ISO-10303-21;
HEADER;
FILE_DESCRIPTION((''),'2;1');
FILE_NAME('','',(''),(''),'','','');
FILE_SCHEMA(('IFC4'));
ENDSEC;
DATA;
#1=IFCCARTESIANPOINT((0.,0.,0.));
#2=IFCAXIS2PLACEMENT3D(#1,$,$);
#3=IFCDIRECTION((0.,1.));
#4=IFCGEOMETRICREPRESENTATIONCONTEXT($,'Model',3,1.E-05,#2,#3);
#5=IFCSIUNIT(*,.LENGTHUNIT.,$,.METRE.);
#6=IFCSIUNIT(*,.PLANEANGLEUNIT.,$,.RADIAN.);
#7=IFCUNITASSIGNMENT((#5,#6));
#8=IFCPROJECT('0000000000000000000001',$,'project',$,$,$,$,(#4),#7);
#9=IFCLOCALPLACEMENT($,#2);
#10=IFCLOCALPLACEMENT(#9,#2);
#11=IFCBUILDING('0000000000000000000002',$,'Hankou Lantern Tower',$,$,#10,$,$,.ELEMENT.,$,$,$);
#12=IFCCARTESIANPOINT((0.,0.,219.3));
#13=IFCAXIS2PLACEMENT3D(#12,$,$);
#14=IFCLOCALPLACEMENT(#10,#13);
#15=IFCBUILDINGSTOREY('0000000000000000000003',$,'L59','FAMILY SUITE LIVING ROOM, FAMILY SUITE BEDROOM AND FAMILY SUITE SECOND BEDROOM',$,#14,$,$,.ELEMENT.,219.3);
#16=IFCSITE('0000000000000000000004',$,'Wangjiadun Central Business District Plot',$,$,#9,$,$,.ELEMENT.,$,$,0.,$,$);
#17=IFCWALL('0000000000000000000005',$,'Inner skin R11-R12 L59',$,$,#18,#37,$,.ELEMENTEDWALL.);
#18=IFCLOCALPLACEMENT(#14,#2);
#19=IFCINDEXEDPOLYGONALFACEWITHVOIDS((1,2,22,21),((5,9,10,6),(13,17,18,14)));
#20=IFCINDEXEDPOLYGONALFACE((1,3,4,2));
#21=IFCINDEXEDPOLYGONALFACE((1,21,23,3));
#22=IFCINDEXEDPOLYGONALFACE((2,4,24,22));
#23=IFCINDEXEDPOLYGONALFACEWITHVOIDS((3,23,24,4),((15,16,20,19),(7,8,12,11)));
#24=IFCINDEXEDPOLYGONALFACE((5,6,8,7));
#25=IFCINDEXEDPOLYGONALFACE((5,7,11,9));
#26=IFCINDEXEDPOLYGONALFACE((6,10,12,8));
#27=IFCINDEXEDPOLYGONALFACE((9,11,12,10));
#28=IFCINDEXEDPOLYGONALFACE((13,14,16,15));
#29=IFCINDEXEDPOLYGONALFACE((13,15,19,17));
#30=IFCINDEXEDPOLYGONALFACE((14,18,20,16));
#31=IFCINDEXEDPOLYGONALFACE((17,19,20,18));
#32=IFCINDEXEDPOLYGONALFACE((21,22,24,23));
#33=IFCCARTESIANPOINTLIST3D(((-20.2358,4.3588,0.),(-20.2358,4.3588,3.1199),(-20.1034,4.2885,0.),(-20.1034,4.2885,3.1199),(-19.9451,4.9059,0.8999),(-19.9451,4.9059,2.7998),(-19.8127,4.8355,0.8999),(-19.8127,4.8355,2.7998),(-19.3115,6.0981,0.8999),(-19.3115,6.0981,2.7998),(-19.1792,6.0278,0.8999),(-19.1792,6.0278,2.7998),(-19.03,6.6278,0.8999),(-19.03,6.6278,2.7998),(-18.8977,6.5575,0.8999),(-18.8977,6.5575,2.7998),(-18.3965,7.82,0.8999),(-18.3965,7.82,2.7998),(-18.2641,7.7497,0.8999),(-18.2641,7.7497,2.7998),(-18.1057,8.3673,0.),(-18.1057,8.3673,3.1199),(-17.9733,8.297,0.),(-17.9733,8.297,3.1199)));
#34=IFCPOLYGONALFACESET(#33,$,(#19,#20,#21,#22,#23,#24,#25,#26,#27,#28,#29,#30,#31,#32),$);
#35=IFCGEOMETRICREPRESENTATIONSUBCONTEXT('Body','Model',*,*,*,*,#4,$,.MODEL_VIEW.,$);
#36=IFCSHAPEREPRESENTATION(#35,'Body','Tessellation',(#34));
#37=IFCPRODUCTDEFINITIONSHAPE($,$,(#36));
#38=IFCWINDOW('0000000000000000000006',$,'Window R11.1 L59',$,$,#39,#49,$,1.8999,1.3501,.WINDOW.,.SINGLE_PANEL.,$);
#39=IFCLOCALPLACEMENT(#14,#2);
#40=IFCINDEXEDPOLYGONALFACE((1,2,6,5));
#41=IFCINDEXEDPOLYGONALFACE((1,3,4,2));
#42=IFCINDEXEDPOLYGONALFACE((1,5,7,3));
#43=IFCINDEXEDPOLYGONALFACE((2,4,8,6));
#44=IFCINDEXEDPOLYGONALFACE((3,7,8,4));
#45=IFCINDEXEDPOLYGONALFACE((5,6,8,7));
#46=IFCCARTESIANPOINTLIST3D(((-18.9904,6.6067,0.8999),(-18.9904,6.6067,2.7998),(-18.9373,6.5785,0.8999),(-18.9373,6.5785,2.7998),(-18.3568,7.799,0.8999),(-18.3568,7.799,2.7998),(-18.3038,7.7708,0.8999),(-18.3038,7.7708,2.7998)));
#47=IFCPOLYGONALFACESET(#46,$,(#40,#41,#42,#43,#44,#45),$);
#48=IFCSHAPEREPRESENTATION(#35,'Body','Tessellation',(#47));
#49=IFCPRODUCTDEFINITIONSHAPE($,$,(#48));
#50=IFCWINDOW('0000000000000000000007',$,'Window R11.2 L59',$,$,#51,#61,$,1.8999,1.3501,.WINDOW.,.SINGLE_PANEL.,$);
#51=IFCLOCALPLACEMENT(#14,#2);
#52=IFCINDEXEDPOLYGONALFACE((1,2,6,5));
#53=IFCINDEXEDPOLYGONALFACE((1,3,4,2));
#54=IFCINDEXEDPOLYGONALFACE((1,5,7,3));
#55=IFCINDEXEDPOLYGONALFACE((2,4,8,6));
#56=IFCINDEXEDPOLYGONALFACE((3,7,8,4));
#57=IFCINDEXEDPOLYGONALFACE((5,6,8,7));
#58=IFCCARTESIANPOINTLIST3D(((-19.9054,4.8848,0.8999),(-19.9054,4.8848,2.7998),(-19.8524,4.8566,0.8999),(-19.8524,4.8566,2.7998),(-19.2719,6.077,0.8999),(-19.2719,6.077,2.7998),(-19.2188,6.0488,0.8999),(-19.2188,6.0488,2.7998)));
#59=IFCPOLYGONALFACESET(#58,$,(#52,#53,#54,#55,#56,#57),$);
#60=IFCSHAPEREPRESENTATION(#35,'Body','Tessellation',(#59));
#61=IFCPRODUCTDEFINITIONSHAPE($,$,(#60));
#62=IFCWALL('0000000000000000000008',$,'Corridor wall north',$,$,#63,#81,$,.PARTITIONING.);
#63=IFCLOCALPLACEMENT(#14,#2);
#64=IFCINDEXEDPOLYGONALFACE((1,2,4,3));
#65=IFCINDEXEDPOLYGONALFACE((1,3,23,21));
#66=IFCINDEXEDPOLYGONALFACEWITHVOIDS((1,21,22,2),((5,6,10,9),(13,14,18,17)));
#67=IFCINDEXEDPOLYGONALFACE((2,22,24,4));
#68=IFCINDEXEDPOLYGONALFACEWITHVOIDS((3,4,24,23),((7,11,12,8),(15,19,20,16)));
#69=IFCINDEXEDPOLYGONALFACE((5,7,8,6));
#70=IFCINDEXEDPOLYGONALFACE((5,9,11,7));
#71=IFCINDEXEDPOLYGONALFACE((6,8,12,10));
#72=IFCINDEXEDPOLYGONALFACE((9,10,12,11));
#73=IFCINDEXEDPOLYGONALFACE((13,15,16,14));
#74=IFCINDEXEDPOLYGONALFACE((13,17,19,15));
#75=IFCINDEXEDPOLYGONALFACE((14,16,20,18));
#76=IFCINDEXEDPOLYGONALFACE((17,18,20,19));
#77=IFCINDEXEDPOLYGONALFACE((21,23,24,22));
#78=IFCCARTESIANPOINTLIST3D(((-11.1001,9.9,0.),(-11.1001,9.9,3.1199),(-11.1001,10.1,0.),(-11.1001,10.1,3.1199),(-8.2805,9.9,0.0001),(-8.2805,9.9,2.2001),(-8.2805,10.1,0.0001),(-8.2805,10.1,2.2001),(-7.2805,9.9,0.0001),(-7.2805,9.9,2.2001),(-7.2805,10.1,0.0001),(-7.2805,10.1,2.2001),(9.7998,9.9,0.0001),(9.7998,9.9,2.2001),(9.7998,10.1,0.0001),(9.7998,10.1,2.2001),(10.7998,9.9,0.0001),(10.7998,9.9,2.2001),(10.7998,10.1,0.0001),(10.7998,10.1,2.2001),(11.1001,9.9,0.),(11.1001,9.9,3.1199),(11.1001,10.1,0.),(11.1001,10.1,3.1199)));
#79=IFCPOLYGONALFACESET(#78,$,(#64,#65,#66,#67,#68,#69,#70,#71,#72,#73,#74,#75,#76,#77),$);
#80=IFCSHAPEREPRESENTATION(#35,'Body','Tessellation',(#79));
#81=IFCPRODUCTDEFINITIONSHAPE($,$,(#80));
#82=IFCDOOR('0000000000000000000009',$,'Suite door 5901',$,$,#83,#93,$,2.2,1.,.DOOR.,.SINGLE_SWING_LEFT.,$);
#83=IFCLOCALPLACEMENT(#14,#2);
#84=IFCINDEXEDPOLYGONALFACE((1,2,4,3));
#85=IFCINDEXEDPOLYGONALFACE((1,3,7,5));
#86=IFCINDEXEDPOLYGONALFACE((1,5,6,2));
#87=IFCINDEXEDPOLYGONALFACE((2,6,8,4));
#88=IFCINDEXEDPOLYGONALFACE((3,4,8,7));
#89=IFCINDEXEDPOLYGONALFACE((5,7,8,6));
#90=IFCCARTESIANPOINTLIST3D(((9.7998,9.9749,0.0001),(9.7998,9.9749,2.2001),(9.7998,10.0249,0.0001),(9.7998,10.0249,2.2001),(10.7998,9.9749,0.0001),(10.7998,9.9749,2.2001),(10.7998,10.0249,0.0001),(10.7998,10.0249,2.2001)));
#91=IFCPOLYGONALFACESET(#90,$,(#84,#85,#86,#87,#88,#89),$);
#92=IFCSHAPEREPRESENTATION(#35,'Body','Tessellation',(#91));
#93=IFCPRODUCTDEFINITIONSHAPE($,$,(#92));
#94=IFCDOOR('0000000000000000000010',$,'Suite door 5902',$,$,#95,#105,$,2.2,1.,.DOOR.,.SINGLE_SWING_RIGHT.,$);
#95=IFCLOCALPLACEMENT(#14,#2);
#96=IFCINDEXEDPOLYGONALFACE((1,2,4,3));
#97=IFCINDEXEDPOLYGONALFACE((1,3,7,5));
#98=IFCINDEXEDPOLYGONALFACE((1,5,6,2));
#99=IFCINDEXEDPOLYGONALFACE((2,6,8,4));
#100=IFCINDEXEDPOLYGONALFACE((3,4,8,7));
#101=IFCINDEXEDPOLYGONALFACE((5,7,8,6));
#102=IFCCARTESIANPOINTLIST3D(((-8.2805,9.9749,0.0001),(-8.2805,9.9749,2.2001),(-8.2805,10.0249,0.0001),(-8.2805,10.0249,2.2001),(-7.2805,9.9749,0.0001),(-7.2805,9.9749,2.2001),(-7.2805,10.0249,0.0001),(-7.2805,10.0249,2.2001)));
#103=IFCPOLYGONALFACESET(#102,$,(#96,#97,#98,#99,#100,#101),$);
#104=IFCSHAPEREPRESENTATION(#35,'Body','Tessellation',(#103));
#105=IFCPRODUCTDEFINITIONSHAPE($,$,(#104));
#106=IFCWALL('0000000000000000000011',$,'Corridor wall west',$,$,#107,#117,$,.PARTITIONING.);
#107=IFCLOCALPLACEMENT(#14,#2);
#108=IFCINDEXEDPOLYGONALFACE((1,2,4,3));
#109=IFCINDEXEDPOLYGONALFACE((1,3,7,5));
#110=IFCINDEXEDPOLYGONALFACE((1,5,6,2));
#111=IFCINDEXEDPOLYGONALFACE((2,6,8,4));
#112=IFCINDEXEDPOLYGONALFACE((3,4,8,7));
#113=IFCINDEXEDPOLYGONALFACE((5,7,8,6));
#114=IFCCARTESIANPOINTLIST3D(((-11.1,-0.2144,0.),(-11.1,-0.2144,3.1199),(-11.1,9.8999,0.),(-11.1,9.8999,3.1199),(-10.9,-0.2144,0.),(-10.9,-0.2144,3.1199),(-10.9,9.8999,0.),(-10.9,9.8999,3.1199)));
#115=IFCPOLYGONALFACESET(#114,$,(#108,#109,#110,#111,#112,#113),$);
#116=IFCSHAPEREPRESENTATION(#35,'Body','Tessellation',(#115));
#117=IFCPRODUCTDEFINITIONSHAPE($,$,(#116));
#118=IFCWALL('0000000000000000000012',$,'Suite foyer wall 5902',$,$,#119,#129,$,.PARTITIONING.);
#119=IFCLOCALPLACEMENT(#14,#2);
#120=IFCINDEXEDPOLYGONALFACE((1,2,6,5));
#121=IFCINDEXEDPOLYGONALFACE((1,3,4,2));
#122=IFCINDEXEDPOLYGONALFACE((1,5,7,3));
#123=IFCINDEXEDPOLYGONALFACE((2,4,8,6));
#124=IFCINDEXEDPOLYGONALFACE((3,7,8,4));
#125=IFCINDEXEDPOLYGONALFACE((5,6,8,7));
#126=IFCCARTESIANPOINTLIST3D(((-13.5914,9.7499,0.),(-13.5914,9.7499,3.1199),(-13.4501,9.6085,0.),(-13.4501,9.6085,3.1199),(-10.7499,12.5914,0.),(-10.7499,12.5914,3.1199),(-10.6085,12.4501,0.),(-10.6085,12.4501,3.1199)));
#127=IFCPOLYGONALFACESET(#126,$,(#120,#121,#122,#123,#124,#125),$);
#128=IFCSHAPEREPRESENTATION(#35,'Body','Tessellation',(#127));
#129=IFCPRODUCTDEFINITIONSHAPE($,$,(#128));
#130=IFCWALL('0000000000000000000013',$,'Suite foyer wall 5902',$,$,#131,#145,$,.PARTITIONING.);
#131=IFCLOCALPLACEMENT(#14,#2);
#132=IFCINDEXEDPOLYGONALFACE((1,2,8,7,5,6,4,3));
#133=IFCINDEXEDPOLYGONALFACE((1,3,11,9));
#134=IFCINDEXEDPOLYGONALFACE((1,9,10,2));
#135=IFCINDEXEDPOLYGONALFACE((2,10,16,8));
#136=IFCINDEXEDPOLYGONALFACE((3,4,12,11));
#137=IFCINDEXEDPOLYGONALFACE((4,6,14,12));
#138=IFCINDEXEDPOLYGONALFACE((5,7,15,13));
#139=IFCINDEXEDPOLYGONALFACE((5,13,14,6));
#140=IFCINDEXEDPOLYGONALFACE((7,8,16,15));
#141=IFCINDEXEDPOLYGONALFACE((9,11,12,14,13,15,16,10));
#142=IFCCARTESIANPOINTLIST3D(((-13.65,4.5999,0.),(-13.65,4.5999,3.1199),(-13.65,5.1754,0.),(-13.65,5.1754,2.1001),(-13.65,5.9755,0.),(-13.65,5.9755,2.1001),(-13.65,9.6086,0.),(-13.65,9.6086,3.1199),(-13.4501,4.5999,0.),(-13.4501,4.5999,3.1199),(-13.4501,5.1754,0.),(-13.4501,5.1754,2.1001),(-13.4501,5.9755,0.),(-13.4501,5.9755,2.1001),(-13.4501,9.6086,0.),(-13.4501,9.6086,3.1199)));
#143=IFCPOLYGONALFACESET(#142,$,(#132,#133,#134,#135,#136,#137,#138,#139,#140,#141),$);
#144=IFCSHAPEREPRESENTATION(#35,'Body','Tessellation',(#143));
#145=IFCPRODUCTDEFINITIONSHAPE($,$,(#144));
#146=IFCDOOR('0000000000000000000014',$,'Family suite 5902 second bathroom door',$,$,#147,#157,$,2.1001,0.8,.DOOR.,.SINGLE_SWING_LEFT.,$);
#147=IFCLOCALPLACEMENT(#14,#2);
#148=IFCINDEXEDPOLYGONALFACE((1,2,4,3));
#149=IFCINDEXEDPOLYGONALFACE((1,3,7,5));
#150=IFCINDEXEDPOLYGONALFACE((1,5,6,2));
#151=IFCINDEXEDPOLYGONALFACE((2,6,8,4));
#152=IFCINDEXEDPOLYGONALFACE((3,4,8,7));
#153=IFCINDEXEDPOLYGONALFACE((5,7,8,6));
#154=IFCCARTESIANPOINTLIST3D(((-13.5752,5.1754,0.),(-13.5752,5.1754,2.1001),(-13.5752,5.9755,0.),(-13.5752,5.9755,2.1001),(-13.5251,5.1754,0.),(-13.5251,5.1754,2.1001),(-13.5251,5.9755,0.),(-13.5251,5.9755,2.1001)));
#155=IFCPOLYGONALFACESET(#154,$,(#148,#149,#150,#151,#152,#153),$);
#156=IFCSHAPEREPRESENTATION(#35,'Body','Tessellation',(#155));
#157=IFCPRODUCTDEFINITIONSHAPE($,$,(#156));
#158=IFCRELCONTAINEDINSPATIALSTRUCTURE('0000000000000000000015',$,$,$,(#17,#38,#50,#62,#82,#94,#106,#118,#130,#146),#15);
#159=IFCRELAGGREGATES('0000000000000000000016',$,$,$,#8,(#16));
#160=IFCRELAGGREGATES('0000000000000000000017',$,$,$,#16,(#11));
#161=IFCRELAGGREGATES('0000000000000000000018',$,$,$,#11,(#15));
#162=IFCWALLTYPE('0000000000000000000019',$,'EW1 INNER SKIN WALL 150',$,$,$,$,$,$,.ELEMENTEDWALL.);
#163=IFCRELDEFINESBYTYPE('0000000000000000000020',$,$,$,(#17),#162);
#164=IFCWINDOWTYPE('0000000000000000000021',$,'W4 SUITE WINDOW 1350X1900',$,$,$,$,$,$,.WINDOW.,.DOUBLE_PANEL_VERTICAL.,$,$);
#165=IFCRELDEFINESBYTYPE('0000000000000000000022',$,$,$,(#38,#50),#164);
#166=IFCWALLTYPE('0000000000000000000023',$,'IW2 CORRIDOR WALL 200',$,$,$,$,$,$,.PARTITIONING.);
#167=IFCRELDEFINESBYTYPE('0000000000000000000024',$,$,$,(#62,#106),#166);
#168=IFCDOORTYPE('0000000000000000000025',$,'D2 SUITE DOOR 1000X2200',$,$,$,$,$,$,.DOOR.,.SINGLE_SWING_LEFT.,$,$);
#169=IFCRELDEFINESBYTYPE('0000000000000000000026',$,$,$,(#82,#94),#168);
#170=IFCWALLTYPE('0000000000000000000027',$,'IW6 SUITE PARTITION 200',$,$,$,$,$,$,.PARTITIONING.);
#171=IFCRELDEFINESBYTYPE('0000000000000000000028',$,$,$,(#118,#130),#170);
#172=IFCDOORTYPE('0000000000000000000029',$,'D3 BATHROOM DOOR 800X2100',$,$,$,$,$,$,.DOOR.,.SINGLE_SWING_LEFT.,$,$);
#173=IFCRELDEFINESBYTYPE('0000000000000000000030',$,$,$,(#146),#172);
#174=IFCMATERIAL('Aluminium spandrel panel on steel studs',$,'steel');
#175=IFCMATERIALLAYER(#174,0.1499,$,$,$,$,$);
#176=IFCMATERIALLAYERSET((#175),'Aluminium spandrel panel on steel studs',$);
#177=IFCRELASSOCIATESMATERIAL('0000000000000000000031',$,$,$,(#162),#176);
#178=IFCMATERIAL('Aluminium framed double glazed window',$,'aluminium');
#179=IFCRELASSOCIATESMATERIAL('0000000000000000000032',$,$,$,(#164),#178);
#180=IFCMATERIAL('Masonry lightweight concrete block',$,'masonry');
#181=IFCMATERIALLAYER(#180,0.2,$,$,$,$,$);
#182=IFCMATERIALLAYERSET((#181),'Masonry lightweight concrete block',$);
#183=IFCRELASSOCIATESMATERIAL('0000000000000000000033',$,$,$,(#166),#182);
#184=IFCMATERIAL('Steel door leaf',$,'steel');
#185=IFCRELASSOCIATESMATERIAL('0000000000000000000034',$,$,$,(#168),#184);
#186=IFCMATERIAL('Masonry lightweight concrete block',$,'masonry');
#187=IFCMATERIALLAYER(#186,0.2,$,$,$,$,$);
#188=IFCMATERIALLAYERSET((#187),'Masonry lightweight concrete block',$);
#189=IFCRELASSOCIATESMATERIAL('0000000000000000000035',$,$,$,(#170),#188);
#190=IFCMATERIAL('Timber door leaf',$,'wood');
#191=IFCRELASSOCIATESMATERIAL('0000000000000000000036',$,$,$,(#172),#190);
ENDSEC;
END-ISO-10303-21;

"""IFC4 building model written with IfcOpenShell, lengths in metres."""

from ifc_helpers import new_model, si_unit, direction, frame, frame_2d, origin, place, context, subcontext, project, spatial, rectangle, extrude, material, layer, layer_set, type_object, element, fill, save


model = new_model("IFC4")

# Units and contexts
model_context = context("Model", 3, precision=1e-05, world=origin(), true_north=direction((0.0, 1.0)))
body_context = subcontext(model_context, "Body", "Model", "MODEL_VIEW")
ifc_project = project(units=[si_unit("LENGTHUNIT", "METRE"), si_unit("PLANEANGLEUNIT", "RADIAN")], contexts=[model_context])

# Site, building, storey
site_placement = place(None, origin())
site = spatial("IfcSite", under=ifc_project, at=site_placement, Name="Wangjiadun Central Business District Plot", CompositionType="ELEMENT", RefElevation=0.0)
building_placement = place(site_placement, origin())
building = spatial("IfcBuilding", under=site, at=building_placement, Name="Hankou Lantern Tower", CompositionType="ELEMENT")
storey_placement = place(building_placement, frame((0.0, 0.0, 219.3)))
storey = spatial("IfcBuildingStorey", under=building, at=storey_placement, Name="L59", Description="FAMILY SUITE LIVING ROOM, FAMILY SUITE BEDROOM AND FAMILY SUITE SECOND BEDROOM", CompositionType="ELEMENT", Elevation=219.3)

# Wall, openings, windows
ifc_material_1 = material(Name="Aluminium spandrel panel on steel studs", Category="steel")
ifc_layer_1 = layer(ifc_material_1, 0.1499)
ifc_layer_set_1 = layer_set([ifc_layer_1], Name="Aluminium spandrel panel on steel studs")
wall_type_1 = type_object("IfcWallType", Name="EW1 INNER SKIN WALL 150", PredefinedType="ELEMENTEDWALL", material=ifc_layer_set_1)
ifc_material_2 = material(Name="Aluminium framed double glazed window", Category="aluminium")
window_type = type_object("IfcWindowType", Name="W4 SUITE WINDOW 1350X1900", PartitioningType="DOUBLE_PANEL_VERTICAL", PredefinedType="WINDOW", material=ifc_material_2)
wall_1_placement = place(storey_placement, frame((-18.0396, 8.332, 0.0), z_axis=(0.0, 0.0, 1.0), x_axis=(-0.469256, -0.883062, 0.0)))
wall_1 = element("IfcWall", 1, at=wall_1_placement, inside=storey, type_object=wall_type_1, Name="Inner skin R11-R12 L59", PredefinedType="ELEMENTEDWALL", context=body_context, shape_type="SweptSolid", body=[
    extrude(rectangle(XDim=4.5393, YDim=0.1499, at=frame_2d((2.2695, 0.0))), origin(), (0.0, 0.0, 1.0), 3.1199),
])
opening_1_placement = place(wall_1_placement, frame((0.6196, 0.0, 0.8999)))
opening_1 = element("IfcOpeningElement", 2, at=opening_1_placement, cuts=wall_1, PredefinedType="OPENING", context=body_context, shape_type="SweptSolid", body=[
    extrude(rectangle(XDim=1.3501, YDim=1.8999, at=frame_2d((0.675, 0.95))), frame((0.0, 0.085, 0.0), z_axis=(0.0, -1.0, 0.0), x_axis=(1.0, 0.0, 0.0)), (0.0, 0.0, 1.0), 0.1699),
])
opening_2_placement = place(wall_1_placement, frame((2.5696, 0.0, 0.8999)))
opening_2 = element("IfcOpeningElement", 3, at=opening_2_placement, cuts=wall_1, PredefinedType="OPENING", context=body_context, shape_type="SweptSolid", body=[
    extrude(rectangle(XDim=1.3501, YDim=1.8999, at=frame_2d((0.675, 0.95))), frame((0.0, 0.085, 0.0), z_axis=(0.0, -1.0, 0.0), x_axis=(1.0, 0.0, 0.0)), (0.0, 0.0, 1.0), 0.1699),
])
window_1_placement = place(opening_1_placement, origin())
window_1 = element("IfcWindow", 4, at=window_1_placement, inside=storey, type_object=window_type, Name="Window R11.1 L59", OverallHeight=1.8999, OverallWidth=1.3501, PartitioningType="SINGLE_PANEL", PredefinedType="WINDOW", context=body_context, shape_type="SweptSolid", body=[
    extrude(rectangle(XDim=1.3501, YDim=1.8999, at=frame_2d((0.675, 0.95))), frame((0.0, 0.03, 0.0), z_axis=(0.0, -1.0, 0.0), x_axis=(1.0, 0.0, 0.0)), (0.0, 0.0, 1.0), 0.0601),
])
fill(opening_1, window_1)
window_2_placement = place(opening_2_placement, origin())
window_2 = element("IfcWindow", 5, at=window_2_placement, inside=storey, type_object=window_type, Name="Window R11.2 L59", OverallHeight=1.8999, OverallWidth=1.3501, PartitioningType="SINGLE_PANEL", PredefinedType="WINDOW", context=body_context, shape_type="SweptSolid", body=[
    extrude(rectangle(XDim=1.3501, YDim=1.8999, at=frame_2d((0.675, 0.95))), frame((0.0, 0.03, 0.0), z_axis=(0.0, -1.0, 0.0), x_axis=(1.0, 0.0, 0.0)), (0.0, 0.0, 1.0), 0.0601),
])
fill(opening_2, window_2)

# Wall, openings, doors
ifc_material_3 = material(Name="Masonry lightweight concrete block", Category="masonry")
ifc_layer_2 = layer(ifc_material_3, 0.2)
ifc_layer_set_2 = layer_set([ifc_layer_2], Name="Masonry lightweight concrete block")
wall_type_2 = type_object("IfcWallType", Name="IW2 CORRIDOR WALL 200", PredefinedType="PARTITIONING", material=ifc_layer_set_2)
wall_2_placement = place(storey_placement, frame((-11.1001, 10.0, 0.0), z_axis=(0.0, 0.0, 1.0), x_axis=(1.0, 0.0, 0.0)))
wall_2 = element("IfcWall", 6, at=wall_2_placement, inside=storey, type_object=wall_type_2, Name="Corridor wall north", PredefinedType="PARTITIONING", context=body_context, shape_type="SweptSolid", body=[
    extrude(rectangle(XDim=22.2002, YDim=0.2, at=frame_2d((11.1001, 0.0))), origin(), (0.0, 0.0, 1.0), 3.1199),
])
opening_3_placement = place(wall_2_placement, frame((20.8999, 0.0, 0.0)))
opening_3 = element("IfcOpeningElement", 7, at=opening_3_placement, cuts=wall_2, PredefinedType="OPENING", context=body_context, shape_type="SweptSolid", body=[
    extrude(rectangle(XDim=1.0, YDim=2.2, at=frame_2d((0.5, 1.1001))), frame((0.0, 0.1099, 0.0), z_axis=(0.0, -1.0, 0.0), x_axis=(1.0, 0.0, 0.0)), (0.0, 0.0, 1.0), 0.22),
])
opening_4_placement = place(wall_2_placement, frame((2.8196, 0.0, 0.0)))
opening_4 = element("IfcOpeningElement", 8, at=opening_4_placement, cuts=wall_2, PredefinedType="OPENING", context=body_context, shape_type="SweptSolid", body=[
    extrude(rectangle(XDim=1.0, YDim=2.2, at=frame_2d((0.5, 1.1001))), frame((0.0, 0.1099, 0.0), z_axis=(0.0, -1.0, 0.0), x_axis=(1.0, 0.0, 0.0)), (0.0, 0.0, 1.0), 0.22),
])
ifc_material_4 = material(Name="Steel door leaf", Category="steel")
door_type_1 = type_object("IfcDoorType", Name="D2 SUITE DOOR 1000X2200", OperationType="SINGLE_SWING_LEFT", PredefinedType="DOOR", material=ifc_material_4)
door_1_placement = place(opening_3_placement, origin())
door_1 = element("IfcDoor", 9, at=door_1_placement, inside=storey, type_object=door_type_1, Name="Suite door 5901", OperationType="SINGLE_SWING_LEFT", OverallHeight=2.2, OverallWidth=1.0, PredefinedType="DOOR", context=body_context, shape_type="SweptSolid", body=[
    extrude(rectangle(XDim=1.0, YDim=2.2, at=frame_2d((0.5, 1.1001))), frame((0.0, 0.0249, 0.0), z_axis=(0.0, -1.0, 0.0), x_axis=(1.0, 0.0, 0.0)), (0.0, 0.0, 1.0), 0.05),
])
fill(opening_3, door_1)
door_2_placement = place(opening_4_placement, origin())
door_2 = element("IfcDoor", 10, at=door_2_placement, inside=storey, type_object=door_type_1, Name="Suite door 5902", OperationType="SINGLE_SWING_RIGHT", OverallHeight=2.2, OverallWidth=1.0, PredefinedType="DOOR", context=body_context, shape_type="SweptSolid", body=[
    extrude(rectangle(XDim=1.0, YDim=2.2, at=frame_2d((0.5, 1.1001))), frame((0.0, 0.0249, 0.0), z_axis=(0.0, -1.0, 0.0), x_axis=(1.0, 0.0, 0.0)), (0.0, 0.0, 1.0), 0.05),
])
fill(opening_4, door_2)

# Walls
wall_3_placement = place(storey_placement, frame((-11.0, 9.8999, 0.0), z_axis=(0.0, 0.0, 1.0), x_axis=(0.0, -1.0, 0.0)))
element("IfcWall", 11, at=wall_3_placement, inside=storey, type_object=wall_type_2, Name="Corridor wall west", PredefinedType="PARTITIONING", context=body_context, shape_type="SweptSolid", body=[
    extrude(rectangle(XDim=10.1143, YDim=0.2, at=frame_2d((5.0571, 0.0))), origin(), (0.0, 0.0, 1.0), 3.1199),
])
ifc_material_5 = material(Name="Masonry lightweight concrete block", Category="masonry")
ifc_layer_3 = layer(ifc_material_5, 0.2)
ifc_layer_set_3 = layer_set([ifc_layer_3], Name="Masonry lightweight concrete block")
wall_type_3 = type_object("IfcWallType", Name="IW6 SUITE PARTITION 200", PredefinedType="PARTITIONING", material=ifc_layer_set_3)
wall_4_placement = place(storey_placement, frame((-10.6792, 12.5208, 0.0), z_axis=(0.0, 0.0, 1.0), x_axis=(-0.707107, -0.707107, 0.0)))
element("IfcWall", 12, at=wall_4_placement, inside=storey, type_object=wall_type_3, Name="Suite foyer wall 5902", PredefinedType="PARTITIONING", context=body_context, shape_type="SweptSolid", body=[
    extrude(rectangle(XDim=4.0186, YDim=0.2, at=frame_2d((2.0093, 0.0))), origin(), (0.0, 0.0, 1.0), 3.1199),
])

# Wall, opening, door
wall_5_placement = place(storey_placement, frame((-13.55, 9.6086, 0.0), z_axis=(0.0, 0.0, 1.0), x_axis=(0.0, -1.0, 0.0)))
wall_5 = element("IfcWall", 13, at=wall_5_placement, inside=storey, type_object=wall_type_3, Name="Suite foyer wall 5902", PredefinedType="PARTITIONING", context=body_context, shape_type="SweptSolid", body=[
    extrude(rectangle(XDim=5.0088, YDim=0.2, at=frame_2d((2.5044, 0.0))), origin(), (0.0, 0.0, 1.0), 3.1199),
])
opening_5_placement = place(wall_5_placement, frame((3.6333, 0.0, 0.0)))
opening_5 = element("IfcOpeningElement", 14, at=opening_5_placement, cuts=wall_5, PredefinedType="OPENING", context=body_context, shape_type="SweptSolid", body=[
    extrude(rectangle(XDim=0.8, YDim=2.1001, at=frame_2d((0.3999, 1.05))), frame((0.0, 0.1099, 0.0), z_axis=(0.0, -1.0, 0.0), x_axis=(1.0, 0.0, 0.0)), (0.0, 0.0, 1.0), 0.22),
])
ifc_material_6 = material(Name="Timber door leaf", Category="wood")
door_type_2 = type_object("IfcDoorType", Name="D3 BATHROOM DOOR 800X2100", OperationType="SINGLE_SWING_LEFT", PredefinedType="DOOR", material=ifc_material_6)
door_3_placement = place(opening_5_placement, origin())
door_3 = element("IfcDoor", 15, at=door_3_placement, inside=storey, type_object=door_type_2, Name="Family suite 5902 second bathroom door", OperationType="SINGLE_SWING_LEFT", OverallHeight=2.1001, OverallWidth=0.8, PredefinedType="DOOR", context=body_context, shape_type="SweptSolid", body=[
    extrude(rectangle(XDim=0.8, YDim=2.1001, at=frame_2d((0.3999, 1.05))), frame((0.0, 0.0249, 0.0), z_axis=(0.0, -1.0, 0.0), x_axis=(1.0, 0.0, 0.0)), (0.0, 0.0, 1.0), 0.05),
])
fill(opening_5, door_3)

save(model, "model.ifc")
